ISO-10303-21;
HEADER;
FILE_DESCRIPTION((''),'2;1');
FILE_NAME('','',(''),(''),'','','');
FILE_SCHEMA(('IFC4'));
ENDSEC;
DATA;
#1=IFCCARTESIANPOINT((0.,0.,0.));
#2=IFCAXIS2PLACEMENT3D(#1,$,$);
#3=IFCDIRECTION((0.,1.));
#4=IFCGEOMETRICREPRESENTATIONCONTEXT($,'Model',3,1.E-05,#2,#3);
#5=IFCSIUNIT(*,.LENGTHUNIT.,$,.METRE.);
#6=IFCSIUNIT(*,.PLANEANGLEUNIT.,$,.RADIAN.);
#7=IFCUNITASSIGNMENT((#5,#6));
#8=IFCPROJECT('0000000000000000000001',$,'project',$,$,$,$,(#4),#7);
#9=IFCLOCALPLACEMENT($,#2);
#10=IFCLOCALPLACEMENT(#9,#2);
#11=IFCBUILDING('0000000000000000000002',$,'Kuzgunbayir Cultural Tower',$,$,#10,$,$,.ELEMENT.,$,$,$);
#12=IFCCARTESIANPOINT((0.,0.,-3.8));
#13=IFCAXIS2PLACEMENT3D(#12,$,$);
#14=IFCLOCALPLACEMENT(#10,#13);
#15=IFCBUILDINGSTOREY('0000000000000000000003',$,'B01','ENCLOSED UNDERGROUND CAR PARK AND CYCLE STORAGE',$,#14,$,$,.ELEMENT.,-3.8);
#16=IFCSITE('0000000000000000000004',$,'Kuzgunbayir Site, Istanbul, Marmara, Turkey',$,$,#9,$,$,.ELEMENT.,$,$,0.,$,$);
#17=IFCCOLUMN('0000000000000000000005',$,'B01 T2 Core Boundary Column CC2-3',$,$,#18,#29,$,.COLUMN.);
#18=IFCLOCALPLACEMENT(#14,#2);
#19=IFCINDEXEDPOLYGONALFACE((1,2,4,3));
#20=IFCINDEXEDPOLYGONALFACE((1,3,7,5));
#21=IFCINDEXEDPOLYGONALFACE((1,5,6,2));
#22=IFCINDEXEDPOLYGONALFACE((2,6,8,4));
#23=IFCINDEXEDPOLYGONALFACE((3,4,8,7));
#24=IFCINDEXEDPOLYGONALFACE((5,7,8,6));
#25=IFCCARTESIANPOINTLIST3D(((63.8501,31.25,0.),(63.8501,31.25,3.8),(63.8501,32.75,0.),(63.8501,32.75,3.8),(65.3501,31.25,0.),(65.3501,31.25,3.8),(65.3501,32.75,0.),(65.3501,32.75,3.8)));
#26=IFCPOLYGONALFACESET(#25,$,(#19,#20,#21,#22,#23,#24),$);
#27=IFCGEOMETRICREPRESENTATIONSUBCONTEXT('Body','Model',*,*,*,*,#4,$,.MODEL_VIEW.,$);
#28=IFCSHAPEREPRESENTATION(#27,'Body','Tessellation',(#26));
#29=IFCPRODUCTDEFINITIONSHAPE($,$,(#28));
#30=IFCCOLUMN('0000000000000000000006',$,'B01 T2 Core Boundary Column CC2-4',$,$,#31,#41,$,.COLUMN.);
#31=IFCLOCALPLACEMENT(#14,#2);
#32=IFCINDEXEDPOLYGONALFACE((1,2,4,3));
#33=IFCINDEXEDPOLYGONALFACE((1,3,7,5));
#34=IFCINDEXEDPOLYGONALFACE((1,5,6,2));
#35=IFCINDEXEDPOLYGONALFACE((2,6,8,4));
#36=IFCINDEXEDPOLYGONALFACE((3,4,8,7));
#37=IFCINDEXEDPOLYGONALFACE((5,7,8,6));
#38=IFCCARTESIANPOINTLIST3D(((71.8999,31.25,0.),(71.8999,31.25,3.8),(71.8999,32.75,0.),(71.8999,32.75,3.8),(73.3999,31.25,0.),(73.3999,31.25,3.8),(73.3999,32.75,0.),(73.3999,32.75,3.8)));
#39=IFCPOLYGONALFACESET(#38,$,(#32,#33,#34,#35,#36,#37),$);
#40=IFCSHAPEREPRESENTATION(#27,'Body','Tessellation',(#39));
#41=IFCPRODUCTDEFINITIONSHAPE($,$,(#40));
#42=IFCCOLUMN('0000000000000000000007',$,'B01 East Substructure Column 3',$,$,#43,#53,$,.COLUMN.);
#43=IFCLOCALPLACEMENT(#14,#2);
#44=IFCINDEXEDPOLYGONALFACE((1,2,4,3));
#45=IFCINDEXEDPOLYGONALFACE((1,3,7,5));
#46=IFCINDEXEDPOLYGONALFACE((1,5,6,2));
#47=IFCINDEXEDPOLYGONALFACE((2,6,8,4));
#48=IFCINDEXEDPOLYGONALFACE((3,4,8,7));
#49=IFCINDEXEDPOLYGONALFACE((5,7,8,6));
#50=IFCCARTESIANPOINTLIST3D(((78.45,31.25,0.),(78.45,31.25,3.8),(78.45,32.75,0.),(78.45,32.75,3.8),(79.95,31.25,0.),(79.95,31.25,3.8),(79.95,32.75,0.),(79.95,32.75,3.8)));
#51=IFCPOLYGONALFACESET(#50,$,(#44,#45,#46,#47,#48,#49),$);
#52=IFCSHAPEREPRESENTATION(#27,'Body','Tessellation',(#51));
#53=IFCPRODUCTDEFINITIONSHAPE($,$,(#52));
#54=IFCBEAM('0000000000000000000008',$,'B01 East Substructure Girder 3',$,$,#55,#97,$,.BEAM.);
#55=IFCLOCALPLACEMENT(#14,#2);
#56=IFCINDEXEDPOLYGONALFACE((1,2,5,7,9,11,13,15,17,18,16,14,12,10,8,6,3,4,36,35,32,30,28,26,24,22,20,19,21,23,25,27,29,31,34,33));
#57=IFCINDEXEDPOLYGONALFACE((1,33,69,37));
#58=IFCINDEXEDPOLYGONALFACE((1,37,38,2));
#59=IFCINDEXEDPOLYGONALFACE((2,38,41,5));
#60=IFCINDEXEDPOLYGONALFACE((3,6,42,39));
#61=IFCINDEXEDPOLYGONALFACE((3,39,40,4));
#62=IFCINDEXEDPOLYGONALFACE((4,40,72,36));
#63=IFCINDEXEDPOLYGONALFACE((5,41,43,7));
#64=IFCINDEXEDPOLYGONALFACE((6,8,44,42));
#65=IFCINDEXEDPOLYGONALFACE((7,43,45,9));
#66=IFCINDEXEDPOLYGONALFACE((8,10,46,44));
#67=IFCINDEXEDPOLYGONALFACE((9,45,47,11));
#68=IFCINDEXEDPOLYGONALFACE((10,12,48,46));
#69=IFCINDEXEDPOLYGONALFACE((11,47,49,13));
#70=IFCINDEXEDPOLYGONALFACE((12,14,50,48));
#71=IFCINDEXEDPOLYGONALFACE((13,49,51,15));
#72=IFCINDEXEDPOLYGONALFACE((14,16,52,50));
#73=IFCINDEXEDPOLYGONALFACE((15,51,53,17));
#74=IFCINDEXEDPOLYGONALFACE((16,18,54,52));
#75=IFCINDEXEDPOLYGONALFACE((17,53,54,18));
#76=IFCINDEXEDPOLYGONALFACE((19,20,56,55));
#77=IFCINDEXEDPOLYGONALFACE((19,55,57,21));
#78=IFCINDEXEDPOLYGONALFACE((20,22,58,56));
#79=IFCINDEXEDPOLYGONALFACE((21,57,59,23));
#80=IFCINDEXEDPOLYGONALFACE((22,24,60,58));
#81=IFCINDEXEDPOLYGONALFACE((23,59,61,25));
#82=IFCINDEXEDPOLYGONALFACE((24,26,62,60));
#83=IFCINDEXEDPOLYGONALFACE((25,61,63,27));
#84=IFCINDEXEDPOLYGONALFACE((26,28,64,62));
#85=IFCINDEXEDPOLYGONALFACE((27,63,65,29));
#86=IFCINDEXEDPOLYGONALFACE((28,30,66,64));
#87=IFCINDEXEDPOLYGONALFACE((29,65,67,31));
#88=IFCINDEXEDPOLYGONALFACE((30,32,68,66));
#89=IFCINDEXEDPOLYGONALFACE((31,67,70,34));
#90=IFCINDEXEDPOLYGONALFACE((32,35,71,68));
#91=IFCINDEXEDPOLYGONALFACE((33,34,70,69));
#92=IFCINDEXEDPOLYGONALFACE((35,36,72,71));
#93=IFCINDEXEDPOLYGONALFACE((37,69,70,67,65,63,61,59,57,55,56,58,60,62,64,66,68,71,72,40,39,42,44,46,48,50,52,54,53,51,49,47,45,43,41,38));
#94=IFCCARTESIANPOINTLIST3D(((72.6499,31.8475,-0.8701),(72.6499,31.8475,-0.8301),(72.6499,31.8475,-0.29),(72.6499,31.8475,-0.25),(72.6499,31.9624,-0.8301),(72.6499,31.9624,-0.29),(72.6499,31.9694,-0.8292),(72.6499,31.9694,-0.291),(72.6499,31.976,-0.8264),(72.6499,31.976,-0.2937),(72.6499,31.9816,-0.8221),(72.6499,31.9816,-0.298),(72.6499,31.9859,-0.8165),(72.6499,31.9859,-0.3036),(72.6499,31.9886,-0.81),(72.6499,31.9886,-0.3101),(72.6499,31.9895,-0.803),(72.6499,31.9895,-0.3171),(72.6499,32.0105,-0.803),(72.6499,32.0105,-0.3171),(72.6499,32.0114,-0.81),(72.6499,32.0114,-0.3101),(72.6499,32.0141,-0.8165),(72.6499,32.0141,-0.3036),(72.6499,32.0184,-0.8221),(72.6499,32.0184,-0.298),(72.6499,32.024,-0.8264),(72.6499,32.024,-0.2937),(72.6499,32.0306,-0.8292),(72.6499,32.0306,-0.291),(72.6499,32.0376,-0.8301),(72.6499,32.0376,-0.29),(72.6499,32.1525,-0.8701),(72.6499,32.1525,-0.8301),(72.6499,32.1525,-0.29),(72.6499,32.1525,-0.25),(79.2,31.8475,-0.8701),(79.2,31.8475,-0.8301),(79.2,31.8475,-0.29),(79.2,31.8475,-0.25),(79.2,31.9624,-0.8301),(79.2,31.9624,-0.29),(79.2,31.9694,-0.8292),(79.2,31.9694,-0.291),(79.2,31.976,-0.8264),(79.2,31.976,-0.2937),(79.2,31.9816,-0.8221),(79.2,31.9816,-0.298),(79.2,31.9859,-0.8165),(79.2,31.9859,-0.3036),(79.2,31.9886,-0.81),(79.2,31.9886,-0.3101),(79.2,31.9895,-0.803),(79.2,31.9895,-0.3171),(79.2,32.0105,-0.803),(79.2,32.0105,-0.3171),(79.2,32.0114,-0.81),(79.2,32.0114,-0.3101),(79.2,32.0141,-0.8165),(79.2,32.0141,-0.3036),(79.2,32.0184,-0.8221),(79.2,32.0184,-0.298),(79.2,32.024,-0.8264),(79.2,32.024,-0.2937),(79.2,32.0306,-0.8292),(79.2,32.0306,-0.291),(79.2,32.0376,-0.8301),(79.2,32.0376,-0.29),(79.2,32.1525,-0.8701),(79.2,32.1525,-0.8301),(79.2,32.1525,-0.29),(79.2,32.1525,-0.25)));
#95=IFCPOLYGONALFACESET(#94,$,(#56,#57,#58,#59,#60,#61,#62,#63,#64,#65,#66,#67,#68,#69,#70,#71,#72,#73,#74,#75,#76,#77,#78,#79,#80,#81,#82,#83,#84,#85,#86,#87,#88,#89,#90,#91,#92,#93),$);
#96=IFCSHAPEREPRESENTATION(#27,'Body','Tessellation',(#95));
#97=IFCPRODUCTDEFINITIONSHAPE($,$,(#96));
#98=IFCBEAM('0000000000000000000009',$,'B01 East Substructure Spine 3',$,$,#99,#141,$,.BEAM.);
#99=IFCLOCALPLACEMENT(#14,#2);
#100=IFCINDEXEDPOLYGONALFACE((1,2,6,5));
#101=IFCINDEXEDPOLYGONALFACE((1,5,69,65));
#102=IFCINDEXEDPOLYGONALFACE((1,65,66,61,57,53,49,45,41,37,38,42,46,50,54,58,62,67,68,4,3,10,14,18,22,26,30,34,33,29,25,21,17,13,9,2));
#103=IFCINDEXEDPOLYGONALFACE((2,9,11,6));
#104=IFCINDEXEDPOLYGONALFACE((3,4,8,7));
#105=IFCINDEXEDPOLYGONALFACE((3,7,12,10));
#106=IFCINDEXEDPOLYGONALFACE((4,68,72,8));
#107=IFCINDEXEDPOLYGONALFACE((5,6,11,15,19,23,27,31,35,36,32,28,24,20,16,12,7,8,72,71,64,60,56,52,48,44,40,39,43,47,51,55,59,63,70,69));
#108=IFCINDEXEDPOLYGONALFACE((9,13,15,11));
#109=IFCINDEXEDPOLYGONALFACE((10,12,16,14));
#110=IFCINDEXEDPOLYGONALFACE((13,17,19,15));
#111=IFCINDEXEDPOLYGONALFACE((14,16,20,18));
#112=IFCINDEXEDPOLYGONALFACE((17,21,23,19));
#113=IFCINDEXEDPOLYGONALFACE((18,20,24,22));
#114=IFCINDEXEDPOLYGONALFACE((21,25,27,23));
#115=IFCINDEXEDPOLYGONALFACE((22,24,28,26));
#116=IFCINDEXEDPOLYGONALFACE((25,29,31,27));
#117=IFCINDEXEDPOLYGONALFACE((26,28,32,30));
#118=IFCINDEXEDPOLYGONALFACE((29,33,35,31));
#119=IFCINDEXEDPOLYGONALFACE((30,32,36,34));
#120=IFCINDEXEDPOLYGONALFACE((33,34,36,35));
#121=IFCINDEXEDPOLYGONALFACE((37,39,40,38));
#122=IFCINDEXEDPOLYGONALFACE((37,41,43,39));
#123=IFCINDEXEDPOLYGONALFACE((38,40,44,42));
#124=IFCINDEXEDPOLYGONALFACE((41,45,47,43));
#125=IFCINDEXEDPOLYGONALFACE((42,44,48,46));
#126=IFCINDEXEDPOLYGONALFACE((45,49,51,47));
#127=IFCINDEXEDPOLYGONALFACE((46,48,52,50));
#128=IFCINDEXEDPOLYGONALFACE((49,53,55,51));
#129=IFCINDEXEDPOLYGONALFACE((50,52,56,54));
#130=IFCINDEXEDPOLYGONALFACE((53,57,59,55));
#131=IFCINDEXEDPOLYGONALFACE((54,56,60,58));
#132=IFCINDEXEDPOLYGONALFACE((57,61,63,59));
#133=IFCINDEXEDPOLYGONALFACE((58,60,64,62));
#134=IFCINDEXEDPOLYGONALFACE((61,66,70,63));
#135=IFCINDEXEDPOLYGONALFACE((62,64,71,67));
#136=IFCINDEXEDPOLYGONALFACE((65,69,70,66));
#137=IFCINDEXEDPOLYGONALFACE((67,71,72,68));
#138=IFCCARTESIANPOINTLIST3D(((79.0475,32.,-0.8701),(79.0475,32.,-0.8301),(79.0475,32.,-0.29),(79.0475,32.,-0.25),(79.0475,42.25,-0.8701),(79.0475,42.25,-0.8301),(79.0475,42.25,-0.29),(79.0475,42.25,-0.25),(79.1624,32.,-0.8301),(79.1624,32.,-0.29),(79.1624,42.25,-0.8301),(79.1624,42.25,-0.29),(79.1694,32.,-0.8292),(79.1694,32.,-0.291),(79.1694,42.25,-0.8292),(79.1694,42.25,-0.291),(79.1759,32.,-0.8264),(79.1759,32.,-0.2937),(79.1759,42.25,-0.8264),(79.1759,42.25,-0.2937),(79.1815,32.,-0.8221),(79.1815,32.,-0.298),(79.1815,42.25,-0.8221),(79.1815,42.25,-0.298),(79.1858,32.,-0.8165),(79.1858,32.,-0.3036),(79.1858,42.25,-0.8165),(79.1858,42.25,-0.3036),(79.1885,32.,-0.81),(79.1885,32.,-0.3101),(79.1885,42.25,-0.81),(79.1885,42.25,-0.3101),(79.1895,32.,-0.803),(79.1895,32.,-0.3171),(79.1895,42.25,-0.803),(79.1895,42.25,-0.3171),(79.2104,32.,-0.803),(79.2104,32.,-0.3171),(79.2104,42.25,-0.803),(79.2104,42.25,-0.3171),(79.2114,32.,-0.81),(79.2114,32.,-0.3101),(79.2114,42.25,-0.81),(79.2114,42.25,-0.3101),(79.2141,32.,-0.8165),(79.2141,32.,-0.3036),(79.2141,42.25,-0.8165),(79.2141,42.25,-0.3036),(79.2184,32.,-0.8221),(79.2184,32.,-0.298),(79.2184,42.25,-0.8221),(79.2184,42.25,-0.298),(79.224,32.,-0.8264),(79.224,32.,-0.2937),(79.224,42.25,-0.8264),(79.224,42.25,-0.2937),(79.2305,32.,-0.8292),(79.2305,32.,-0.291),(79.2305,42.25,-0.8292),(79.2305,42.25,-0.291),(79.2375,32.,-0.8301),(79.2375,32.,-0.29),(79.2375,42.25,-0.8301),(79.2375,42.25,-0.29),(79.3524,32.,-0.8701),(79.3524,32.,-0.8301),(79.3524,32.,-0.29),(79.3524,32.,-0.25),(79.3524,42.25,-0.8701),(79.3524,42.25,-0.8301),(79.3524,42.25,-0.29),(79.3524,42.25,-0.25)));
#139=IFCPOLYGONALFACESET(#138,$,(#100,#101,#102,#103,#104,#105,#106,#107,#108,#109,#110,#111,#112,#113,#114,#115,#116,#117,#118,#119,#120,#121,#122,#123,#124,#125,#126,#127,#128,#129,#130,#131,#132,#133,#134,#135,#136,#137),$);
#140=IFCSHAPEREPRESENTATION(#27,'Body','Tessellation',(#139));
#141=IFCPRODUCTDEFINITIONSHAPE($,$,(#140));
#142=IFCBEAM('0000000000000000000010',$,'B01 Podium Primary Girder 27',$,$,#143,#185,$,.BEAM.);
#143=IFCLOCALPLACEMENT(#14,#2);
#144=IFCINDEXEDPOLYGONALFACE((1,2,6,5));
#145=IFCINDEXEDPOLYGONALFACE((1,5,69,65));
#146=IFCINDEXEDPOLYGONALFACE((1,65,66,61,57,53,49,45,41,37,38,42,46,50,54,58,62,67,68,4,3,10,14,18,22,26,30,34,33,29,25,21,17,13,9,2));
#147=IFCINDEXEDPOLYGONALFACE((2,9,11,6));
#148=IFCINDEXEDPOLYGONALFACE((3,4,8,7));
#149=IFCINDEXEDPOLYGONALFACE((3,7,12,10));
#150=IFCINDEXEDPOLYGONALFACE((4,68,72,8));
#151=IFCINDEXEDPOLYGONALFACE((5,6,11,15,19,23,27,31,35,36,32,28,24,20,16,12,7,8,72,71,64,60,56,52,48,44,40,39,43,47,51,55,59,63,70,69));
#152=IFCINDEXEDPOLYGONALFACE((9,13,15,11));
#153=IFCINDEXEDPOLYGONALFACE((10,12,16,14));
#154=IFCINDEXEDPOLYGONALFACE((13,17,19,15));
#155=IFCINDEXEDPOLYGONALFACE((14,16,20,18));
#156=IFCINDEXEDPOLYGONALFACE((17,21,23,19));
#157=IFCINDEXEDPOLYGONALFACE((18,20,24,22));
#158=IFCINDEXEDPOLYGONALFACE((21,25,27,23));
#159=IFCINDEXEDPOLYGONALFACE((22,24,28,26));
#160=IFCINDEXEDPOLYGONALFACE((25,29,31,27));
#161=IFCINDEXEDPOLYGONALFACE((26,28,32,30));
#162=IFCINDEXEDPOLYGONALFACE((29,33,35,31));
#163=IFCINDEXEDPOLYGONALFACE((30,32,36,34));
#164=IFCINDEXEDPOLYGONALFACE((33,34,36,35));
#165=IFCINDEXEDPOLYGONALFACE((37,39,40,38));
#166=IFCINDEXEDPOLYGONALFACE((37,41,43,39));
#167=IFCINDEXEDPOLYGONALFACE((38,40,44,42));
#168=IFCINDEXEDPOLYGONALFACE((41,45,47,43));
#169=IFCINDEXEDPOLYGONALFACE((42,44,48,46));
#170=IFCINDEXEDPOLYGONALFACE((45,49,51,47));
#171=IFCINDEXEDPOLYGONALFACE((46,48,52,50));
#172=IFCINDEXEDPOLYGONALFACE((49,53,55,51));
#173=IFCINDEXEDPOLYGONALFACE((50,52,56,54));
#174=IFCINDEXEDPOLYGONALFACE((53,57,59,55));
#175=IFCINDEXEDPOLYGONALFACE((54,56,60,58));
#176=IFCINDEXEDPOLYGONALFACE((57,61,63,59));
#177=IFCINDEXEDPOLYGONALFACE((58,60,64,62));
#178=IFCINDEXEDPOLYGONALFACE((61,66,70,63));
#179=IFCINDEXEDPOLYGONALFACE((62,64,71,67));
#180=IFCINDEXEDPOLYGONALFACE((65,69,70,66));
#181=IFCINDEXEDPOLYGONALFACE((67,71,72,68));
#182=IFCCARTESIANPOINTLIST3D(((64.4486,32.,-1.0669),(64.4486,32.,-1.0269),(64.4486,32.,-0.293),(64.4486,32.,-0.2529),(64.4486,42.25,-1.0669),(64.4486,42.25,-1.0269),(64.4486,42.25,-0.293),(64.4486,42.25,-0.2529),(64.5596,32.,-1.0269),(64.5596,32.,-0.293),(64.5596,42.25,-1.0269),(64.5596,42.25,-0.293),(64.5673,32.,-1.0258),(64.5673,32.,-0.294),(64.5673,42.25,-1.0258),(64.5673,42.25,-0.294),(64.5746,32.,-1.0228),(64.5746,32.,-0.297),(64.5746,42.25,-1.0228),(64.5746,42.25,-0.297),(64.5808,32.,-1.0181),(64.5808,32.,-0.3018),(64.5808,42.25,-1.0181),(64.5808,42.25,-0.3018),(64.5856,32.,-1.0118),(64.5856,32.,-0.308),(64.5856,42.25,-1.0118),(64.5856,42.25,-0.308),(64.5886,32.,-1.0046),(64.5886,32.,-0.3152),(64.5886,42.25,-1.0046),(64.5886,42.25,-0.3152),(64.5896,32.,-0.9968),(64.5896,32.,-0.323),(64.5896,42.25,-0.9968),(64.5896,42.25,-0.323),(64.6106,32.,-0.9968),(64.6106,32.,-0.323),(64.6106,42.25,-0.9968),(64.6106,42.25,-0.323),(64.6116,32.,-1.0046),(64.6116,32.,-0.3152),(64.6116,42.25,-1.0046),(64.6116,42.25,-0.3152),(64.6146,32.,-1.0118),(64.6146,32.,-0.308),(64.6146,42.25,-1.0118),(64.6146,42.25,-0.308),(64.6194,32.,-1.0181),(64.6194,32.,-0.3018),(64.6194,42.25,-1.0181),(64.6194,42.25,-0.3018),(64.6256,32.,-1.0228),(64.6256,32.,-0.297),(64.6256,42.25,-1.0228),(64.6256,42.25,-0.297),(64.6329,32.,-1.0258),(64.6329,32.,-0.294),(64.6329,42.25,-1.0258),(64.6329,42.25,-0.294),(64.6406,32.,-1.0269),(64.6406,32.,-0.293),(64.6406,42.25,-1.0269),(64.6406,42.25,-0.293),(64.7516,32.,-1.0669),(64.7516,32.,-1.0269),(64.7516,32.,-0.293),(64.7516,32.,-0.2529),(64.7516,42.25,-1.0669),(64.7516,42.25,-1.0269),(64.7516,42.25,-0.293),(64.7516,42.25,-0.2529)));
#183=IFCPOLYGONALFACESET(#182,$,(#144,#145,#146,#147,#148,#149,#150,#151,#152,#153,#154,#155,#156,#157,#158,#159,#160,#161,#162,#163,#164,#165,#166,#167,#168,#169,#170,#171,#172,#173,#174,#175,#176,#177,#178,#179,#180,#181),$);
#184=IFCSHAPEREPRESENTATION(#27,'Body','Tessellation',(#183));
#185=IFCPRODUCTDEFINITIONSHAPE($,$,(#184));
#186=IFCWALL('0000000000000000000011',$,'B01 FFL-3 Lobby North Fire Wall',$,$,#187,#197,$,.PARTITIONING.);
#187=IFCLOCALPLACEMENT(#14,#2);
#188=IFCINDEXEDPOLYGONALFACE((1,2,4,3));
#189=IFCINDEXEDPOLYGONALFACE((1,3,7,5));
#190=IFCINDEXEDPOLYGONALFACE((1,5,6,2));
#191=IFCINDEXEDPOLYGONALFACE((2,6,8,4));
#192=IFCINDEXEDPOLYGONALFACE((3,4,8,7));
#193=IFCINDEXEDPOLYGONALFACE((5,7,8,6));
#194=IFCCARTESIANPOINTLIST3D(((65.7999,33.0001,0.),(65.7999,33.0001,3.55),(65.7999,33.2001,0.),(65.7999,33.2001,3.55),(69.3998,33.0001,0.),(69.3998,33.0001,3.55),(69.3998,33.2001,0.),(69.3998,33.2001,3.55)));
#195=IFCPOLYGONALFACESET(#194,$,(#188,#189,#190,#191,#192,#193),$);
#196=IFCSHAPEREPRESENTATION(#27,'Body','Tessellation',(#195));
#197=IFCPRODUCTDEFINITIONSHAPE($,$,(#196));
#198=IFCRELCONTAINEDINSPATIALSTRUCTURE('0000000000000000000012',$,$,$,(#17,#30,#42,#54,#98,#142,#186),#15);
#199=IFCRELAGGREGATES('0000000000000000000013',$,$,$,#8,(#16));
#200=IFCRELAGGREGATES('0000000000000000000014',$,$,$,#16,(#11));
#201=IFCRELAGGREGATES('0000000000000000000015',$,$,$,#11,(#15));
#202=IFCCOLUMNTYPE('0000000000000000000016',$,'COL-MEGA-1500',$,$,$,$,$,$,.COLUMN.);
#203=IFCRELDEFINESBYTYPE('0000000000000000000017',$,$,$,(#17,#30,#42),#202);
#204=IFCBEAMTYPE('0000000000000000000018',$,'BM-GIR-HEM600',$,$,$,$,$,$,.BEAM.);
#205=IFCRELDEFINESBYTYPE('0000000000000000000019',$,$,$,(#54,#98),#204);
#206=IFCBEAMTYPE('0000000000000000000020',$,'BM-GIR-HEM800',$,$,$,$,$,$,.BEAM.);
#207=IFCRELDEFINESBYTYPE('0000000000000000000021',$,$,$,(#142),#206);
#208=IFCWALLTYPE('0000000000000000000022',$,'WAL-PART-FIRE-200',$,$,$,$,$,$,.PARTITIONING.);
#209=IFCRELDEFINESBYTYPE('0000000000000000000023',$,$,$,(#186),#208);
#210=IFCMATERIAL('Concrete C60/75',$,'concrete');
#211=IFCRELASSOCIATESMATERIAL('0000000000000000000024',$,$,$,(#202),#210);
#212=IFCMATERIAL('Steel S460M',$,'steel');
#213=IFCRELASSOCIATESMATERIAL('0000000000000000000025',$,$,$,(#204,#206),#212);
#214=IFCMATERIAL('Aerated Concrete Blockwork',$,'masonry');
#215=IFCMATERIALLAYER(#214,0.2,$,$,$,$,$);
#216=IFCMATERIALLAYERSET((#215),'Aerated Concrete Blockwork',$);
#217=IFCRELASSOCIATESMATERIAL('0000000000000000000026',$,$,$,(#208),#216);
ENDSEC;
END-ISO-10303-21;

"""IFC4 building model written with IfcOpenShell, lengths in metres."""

from ifc_helpers import new_model, si_unit, direction, frame, frame_2d, origin, origin_2d, place, context, subcontext, project, spatial, rectangle, i_section, extrude, material, layer, layer_set, material_profile, profile_set, type_object, element, save


model = new_model("IFC4")

# Units and contexts
model_context = context("Model", 3, precision=1e-05, world=origin(), true_north=direction((0.0, 1.0)))
body_context = subcontext(model_context, "Body", "Model", "MODEL_VIEW")
ifc_project = project(units=[si_unit("LENGTHUNIT", "METRE"), si_unit("PLANEANGLEUNIT", "RADIAN")], contexts=[model_context])

# Site, building, storey
site_placement = place(None, origin())
site = spatial("IfcSite", under=ifc_project, at=site_placement, Name="Kuzgunbayir Site, Istanbul, Marmara, Turkey", CompositionType="ELEMENT", RefElevation=0.0)
building_placement = place(site_placement, origin())
building = spatial("IfcBuilding", under=site, at=building_placement, Name="Kuzgunbayir Cultural Tower", CompositionType="ELEMENT")
storey_placement = place(building_placement, frame((0.0, 0.0, -3.8)))
storey = spatial("IfcBuildingStorey", under=building, at=storey_placement, Name="B01", Description="ENCLOSED UNDERGROUND CAR PARK AND CYCLE STORAGE", CompositionType="ELEMENT", Elevation=-3.8)

# Columns
ifc_material_1 = material(Name="Concrete C60/75", Category="concrete")
ifc_material_profile_1 = material_profile(ifc_material_1, rectangle(XDim=1.5, YDim=1.5, at=origin_2d()), Name="RC 1500x1500")
ifc_profile_set_1 = profile_set([ifc_material_profile_1], Name="Concrete C60/75")
column_type = type_object("IfcColumnType", Name="COL-MEGA-1500", PredefinedType="COLUMN", material=ifc_profile_set_1)
for number, where, z_axis, x_axis, name in (
    (1, (64.6001, 32.0, 0.0), (0.0, 0.0, 1.0), (1.0, 0.0, 0.0), "B01 T2 Core Boundary Column CC2-3"),
    (2, (72.6499, 32.0, 0.0), (0.0, 0.0, 1.0), (1.0, 0.0, 0.0), "B01 T2 Core Boundary Column CC2-4"),
    (3, (79.2, 32.0, 0.0), (0.0, 0.0, 1.0), (1.0, 0.0, 0.0), "B01 East Substructure Column 3"),
):
    element("IfcColumn", number, at=place(storey_placement, frame(where, z_axis=z_axis, x_axis=x_axis)), inside=storey, type_object=column_type, Name=name, PredefinedType="COLUMN", context=body_context, shape_type="SweptSolid", body=[
        extrude(rectangle(XDim=1.5, YDim=1.5, at=origin_2d()), origin(), (0.0, 0.0, 1.0), 3.8),
    ])

# Beams
ifc_material_2 = material(Name="Steel S460M", Category="steel")
ifc_material_profile_2 = material_profile(ifc_material_2, i_section(OverallWidth=0.3049, OverallDepth=0.6201, WebThickness=0.021, FlangeThickness=0.04, FilletRadius=0.0271, at=origin_2d()), Name="HEM 600")
ifc_profile_set_2 = profile_set([ifc_material_profile_2], Name="Steel S460M")
beam_type_1 = type_object("IfcBeamType", Name="BM-GIR-HEM600", PredefinedType="BEAM", material=ifc_profile_set_2)
beam_1_placement = place(storey_placement, frame((72.6499, 32.0, -0.5601), z_axis=(1.0, 0.0, 0.0), x_axis=(0.0, 1.0, 0.0)))
element("IfcBeam", 4, at=beam_1_placement, inside=storey, type_object=beam_type_1, Name="B01 East Substructure Girder 3", PredefinedType="BEAM", context=body_context, shape_type="SweptSolid", body=[
    extrude(i_section(OverallWidth=0.3049, OverallDepth=0.6201, WebThickness=0.021, FlangeThickness=0.04, FilletRadius=0.0271, at=origin_2d()), origin(), (0.0, 0.0, 1.0), 6.55),
])
beam_2_placement = place(storey_placement, frame((79.2, 32.0, -0.5601), z_axis=(0.0, 1.0, 0.0), x_axis=(-1.0, 0.0, 0.0)))
element("IfcBeam", 5, at=beam_2_placement, inside=storey, type_object=beam_type_1, Name="B01 East Substructure Spine 3", PredefinedType="BEAM", context=body_context, shape_type="SweptSolid", body=[
    extrude(i_section(OverallWidth=0.3049, OverallDepth=0.6201, WebThickness=0.021, FlangeThickness=0.04, FilletRadius=0.0271, at=origin_2d()), origin(), (0.0, 0.0, 1.0), 10.25),
])
ifc_material_profile_3 = material_profile(ifc_material_2, i_section(OverallWidth=0.303, OverallDepth=0.814, WebThickness=0.021, FlangeThickness=0.04, FilletRadius=0.03, at=origin_2d()), Name="HEM 800")
ifc_profile_set_3 = profile_set([ifc_material_profile_3], Name="Steel S460M")
beam_type_2 = type_object("IfcBeamType", Name="BM-GIR-HEM800", PredefinedType="BEAM", material=ifc_profile_set_3)
beam_3_placement = place(storey_placement, frame((64.6001, 32.0, -0.6599), z_axis=(0.0, 1.0, 0.0), x_axis=(-1.0, 0.0, 0.0)))
element("IfcBeam", 6, at=beam_3_placement, inside=storey, type_object=beam_type_2, Name="B01 Podium Primary Girder 27", PredefinedType="BEAM", context=body_context, shape_type="SweptSolid", body=[
    extrude(i_section(OverallWidth=0.303, OverallDepth=0.814, WebThickness=0.021, FlangeThickness=0.04, FilletRadius=0.03, at=origin_2d()), origin(), (0.0, 0.0, 1.0), 10.25),
])

# Wall
ifc_material_3 = material(Name="Aerated Concrete Blockwork", Category="masonry")
ifc_layer_1 = layer(ifc_material_3, 0.2)
ifc_layer_set_1 = layer_set([ifc_layer_1], Name="Aerated Concrete Blockwork")
wall_type_1 = type_object("IfcWallType", Name="WAL-PART-FIRE-200", PredefinedType="PARTITIONING", material=ifc_layer_set_1)
wall_1_placement = place(storey_placement, frame((65.8, 33.1001, 0.0), z_axis=(0.0, 0.0, 1.0), x_axis=(1.0, 0.0, 0.0)))
element("IfcWall", 7, at=wall_1_placement, inside=storey, type_object=wall_type_1, Name="B01 FFL-3 Lobby North Fire Wall", PredefinedType="PARTITIONING", context=body_context, shape_type="SweptSolid", body=[
    extrude(rectangle(XDim=3.5999, YDim=0.2, at=frame_2d((1.7998, 0.0))), origin(), (0.0, 0.0, 1.0), 3.55),
])

save(model, "model.ifc")
